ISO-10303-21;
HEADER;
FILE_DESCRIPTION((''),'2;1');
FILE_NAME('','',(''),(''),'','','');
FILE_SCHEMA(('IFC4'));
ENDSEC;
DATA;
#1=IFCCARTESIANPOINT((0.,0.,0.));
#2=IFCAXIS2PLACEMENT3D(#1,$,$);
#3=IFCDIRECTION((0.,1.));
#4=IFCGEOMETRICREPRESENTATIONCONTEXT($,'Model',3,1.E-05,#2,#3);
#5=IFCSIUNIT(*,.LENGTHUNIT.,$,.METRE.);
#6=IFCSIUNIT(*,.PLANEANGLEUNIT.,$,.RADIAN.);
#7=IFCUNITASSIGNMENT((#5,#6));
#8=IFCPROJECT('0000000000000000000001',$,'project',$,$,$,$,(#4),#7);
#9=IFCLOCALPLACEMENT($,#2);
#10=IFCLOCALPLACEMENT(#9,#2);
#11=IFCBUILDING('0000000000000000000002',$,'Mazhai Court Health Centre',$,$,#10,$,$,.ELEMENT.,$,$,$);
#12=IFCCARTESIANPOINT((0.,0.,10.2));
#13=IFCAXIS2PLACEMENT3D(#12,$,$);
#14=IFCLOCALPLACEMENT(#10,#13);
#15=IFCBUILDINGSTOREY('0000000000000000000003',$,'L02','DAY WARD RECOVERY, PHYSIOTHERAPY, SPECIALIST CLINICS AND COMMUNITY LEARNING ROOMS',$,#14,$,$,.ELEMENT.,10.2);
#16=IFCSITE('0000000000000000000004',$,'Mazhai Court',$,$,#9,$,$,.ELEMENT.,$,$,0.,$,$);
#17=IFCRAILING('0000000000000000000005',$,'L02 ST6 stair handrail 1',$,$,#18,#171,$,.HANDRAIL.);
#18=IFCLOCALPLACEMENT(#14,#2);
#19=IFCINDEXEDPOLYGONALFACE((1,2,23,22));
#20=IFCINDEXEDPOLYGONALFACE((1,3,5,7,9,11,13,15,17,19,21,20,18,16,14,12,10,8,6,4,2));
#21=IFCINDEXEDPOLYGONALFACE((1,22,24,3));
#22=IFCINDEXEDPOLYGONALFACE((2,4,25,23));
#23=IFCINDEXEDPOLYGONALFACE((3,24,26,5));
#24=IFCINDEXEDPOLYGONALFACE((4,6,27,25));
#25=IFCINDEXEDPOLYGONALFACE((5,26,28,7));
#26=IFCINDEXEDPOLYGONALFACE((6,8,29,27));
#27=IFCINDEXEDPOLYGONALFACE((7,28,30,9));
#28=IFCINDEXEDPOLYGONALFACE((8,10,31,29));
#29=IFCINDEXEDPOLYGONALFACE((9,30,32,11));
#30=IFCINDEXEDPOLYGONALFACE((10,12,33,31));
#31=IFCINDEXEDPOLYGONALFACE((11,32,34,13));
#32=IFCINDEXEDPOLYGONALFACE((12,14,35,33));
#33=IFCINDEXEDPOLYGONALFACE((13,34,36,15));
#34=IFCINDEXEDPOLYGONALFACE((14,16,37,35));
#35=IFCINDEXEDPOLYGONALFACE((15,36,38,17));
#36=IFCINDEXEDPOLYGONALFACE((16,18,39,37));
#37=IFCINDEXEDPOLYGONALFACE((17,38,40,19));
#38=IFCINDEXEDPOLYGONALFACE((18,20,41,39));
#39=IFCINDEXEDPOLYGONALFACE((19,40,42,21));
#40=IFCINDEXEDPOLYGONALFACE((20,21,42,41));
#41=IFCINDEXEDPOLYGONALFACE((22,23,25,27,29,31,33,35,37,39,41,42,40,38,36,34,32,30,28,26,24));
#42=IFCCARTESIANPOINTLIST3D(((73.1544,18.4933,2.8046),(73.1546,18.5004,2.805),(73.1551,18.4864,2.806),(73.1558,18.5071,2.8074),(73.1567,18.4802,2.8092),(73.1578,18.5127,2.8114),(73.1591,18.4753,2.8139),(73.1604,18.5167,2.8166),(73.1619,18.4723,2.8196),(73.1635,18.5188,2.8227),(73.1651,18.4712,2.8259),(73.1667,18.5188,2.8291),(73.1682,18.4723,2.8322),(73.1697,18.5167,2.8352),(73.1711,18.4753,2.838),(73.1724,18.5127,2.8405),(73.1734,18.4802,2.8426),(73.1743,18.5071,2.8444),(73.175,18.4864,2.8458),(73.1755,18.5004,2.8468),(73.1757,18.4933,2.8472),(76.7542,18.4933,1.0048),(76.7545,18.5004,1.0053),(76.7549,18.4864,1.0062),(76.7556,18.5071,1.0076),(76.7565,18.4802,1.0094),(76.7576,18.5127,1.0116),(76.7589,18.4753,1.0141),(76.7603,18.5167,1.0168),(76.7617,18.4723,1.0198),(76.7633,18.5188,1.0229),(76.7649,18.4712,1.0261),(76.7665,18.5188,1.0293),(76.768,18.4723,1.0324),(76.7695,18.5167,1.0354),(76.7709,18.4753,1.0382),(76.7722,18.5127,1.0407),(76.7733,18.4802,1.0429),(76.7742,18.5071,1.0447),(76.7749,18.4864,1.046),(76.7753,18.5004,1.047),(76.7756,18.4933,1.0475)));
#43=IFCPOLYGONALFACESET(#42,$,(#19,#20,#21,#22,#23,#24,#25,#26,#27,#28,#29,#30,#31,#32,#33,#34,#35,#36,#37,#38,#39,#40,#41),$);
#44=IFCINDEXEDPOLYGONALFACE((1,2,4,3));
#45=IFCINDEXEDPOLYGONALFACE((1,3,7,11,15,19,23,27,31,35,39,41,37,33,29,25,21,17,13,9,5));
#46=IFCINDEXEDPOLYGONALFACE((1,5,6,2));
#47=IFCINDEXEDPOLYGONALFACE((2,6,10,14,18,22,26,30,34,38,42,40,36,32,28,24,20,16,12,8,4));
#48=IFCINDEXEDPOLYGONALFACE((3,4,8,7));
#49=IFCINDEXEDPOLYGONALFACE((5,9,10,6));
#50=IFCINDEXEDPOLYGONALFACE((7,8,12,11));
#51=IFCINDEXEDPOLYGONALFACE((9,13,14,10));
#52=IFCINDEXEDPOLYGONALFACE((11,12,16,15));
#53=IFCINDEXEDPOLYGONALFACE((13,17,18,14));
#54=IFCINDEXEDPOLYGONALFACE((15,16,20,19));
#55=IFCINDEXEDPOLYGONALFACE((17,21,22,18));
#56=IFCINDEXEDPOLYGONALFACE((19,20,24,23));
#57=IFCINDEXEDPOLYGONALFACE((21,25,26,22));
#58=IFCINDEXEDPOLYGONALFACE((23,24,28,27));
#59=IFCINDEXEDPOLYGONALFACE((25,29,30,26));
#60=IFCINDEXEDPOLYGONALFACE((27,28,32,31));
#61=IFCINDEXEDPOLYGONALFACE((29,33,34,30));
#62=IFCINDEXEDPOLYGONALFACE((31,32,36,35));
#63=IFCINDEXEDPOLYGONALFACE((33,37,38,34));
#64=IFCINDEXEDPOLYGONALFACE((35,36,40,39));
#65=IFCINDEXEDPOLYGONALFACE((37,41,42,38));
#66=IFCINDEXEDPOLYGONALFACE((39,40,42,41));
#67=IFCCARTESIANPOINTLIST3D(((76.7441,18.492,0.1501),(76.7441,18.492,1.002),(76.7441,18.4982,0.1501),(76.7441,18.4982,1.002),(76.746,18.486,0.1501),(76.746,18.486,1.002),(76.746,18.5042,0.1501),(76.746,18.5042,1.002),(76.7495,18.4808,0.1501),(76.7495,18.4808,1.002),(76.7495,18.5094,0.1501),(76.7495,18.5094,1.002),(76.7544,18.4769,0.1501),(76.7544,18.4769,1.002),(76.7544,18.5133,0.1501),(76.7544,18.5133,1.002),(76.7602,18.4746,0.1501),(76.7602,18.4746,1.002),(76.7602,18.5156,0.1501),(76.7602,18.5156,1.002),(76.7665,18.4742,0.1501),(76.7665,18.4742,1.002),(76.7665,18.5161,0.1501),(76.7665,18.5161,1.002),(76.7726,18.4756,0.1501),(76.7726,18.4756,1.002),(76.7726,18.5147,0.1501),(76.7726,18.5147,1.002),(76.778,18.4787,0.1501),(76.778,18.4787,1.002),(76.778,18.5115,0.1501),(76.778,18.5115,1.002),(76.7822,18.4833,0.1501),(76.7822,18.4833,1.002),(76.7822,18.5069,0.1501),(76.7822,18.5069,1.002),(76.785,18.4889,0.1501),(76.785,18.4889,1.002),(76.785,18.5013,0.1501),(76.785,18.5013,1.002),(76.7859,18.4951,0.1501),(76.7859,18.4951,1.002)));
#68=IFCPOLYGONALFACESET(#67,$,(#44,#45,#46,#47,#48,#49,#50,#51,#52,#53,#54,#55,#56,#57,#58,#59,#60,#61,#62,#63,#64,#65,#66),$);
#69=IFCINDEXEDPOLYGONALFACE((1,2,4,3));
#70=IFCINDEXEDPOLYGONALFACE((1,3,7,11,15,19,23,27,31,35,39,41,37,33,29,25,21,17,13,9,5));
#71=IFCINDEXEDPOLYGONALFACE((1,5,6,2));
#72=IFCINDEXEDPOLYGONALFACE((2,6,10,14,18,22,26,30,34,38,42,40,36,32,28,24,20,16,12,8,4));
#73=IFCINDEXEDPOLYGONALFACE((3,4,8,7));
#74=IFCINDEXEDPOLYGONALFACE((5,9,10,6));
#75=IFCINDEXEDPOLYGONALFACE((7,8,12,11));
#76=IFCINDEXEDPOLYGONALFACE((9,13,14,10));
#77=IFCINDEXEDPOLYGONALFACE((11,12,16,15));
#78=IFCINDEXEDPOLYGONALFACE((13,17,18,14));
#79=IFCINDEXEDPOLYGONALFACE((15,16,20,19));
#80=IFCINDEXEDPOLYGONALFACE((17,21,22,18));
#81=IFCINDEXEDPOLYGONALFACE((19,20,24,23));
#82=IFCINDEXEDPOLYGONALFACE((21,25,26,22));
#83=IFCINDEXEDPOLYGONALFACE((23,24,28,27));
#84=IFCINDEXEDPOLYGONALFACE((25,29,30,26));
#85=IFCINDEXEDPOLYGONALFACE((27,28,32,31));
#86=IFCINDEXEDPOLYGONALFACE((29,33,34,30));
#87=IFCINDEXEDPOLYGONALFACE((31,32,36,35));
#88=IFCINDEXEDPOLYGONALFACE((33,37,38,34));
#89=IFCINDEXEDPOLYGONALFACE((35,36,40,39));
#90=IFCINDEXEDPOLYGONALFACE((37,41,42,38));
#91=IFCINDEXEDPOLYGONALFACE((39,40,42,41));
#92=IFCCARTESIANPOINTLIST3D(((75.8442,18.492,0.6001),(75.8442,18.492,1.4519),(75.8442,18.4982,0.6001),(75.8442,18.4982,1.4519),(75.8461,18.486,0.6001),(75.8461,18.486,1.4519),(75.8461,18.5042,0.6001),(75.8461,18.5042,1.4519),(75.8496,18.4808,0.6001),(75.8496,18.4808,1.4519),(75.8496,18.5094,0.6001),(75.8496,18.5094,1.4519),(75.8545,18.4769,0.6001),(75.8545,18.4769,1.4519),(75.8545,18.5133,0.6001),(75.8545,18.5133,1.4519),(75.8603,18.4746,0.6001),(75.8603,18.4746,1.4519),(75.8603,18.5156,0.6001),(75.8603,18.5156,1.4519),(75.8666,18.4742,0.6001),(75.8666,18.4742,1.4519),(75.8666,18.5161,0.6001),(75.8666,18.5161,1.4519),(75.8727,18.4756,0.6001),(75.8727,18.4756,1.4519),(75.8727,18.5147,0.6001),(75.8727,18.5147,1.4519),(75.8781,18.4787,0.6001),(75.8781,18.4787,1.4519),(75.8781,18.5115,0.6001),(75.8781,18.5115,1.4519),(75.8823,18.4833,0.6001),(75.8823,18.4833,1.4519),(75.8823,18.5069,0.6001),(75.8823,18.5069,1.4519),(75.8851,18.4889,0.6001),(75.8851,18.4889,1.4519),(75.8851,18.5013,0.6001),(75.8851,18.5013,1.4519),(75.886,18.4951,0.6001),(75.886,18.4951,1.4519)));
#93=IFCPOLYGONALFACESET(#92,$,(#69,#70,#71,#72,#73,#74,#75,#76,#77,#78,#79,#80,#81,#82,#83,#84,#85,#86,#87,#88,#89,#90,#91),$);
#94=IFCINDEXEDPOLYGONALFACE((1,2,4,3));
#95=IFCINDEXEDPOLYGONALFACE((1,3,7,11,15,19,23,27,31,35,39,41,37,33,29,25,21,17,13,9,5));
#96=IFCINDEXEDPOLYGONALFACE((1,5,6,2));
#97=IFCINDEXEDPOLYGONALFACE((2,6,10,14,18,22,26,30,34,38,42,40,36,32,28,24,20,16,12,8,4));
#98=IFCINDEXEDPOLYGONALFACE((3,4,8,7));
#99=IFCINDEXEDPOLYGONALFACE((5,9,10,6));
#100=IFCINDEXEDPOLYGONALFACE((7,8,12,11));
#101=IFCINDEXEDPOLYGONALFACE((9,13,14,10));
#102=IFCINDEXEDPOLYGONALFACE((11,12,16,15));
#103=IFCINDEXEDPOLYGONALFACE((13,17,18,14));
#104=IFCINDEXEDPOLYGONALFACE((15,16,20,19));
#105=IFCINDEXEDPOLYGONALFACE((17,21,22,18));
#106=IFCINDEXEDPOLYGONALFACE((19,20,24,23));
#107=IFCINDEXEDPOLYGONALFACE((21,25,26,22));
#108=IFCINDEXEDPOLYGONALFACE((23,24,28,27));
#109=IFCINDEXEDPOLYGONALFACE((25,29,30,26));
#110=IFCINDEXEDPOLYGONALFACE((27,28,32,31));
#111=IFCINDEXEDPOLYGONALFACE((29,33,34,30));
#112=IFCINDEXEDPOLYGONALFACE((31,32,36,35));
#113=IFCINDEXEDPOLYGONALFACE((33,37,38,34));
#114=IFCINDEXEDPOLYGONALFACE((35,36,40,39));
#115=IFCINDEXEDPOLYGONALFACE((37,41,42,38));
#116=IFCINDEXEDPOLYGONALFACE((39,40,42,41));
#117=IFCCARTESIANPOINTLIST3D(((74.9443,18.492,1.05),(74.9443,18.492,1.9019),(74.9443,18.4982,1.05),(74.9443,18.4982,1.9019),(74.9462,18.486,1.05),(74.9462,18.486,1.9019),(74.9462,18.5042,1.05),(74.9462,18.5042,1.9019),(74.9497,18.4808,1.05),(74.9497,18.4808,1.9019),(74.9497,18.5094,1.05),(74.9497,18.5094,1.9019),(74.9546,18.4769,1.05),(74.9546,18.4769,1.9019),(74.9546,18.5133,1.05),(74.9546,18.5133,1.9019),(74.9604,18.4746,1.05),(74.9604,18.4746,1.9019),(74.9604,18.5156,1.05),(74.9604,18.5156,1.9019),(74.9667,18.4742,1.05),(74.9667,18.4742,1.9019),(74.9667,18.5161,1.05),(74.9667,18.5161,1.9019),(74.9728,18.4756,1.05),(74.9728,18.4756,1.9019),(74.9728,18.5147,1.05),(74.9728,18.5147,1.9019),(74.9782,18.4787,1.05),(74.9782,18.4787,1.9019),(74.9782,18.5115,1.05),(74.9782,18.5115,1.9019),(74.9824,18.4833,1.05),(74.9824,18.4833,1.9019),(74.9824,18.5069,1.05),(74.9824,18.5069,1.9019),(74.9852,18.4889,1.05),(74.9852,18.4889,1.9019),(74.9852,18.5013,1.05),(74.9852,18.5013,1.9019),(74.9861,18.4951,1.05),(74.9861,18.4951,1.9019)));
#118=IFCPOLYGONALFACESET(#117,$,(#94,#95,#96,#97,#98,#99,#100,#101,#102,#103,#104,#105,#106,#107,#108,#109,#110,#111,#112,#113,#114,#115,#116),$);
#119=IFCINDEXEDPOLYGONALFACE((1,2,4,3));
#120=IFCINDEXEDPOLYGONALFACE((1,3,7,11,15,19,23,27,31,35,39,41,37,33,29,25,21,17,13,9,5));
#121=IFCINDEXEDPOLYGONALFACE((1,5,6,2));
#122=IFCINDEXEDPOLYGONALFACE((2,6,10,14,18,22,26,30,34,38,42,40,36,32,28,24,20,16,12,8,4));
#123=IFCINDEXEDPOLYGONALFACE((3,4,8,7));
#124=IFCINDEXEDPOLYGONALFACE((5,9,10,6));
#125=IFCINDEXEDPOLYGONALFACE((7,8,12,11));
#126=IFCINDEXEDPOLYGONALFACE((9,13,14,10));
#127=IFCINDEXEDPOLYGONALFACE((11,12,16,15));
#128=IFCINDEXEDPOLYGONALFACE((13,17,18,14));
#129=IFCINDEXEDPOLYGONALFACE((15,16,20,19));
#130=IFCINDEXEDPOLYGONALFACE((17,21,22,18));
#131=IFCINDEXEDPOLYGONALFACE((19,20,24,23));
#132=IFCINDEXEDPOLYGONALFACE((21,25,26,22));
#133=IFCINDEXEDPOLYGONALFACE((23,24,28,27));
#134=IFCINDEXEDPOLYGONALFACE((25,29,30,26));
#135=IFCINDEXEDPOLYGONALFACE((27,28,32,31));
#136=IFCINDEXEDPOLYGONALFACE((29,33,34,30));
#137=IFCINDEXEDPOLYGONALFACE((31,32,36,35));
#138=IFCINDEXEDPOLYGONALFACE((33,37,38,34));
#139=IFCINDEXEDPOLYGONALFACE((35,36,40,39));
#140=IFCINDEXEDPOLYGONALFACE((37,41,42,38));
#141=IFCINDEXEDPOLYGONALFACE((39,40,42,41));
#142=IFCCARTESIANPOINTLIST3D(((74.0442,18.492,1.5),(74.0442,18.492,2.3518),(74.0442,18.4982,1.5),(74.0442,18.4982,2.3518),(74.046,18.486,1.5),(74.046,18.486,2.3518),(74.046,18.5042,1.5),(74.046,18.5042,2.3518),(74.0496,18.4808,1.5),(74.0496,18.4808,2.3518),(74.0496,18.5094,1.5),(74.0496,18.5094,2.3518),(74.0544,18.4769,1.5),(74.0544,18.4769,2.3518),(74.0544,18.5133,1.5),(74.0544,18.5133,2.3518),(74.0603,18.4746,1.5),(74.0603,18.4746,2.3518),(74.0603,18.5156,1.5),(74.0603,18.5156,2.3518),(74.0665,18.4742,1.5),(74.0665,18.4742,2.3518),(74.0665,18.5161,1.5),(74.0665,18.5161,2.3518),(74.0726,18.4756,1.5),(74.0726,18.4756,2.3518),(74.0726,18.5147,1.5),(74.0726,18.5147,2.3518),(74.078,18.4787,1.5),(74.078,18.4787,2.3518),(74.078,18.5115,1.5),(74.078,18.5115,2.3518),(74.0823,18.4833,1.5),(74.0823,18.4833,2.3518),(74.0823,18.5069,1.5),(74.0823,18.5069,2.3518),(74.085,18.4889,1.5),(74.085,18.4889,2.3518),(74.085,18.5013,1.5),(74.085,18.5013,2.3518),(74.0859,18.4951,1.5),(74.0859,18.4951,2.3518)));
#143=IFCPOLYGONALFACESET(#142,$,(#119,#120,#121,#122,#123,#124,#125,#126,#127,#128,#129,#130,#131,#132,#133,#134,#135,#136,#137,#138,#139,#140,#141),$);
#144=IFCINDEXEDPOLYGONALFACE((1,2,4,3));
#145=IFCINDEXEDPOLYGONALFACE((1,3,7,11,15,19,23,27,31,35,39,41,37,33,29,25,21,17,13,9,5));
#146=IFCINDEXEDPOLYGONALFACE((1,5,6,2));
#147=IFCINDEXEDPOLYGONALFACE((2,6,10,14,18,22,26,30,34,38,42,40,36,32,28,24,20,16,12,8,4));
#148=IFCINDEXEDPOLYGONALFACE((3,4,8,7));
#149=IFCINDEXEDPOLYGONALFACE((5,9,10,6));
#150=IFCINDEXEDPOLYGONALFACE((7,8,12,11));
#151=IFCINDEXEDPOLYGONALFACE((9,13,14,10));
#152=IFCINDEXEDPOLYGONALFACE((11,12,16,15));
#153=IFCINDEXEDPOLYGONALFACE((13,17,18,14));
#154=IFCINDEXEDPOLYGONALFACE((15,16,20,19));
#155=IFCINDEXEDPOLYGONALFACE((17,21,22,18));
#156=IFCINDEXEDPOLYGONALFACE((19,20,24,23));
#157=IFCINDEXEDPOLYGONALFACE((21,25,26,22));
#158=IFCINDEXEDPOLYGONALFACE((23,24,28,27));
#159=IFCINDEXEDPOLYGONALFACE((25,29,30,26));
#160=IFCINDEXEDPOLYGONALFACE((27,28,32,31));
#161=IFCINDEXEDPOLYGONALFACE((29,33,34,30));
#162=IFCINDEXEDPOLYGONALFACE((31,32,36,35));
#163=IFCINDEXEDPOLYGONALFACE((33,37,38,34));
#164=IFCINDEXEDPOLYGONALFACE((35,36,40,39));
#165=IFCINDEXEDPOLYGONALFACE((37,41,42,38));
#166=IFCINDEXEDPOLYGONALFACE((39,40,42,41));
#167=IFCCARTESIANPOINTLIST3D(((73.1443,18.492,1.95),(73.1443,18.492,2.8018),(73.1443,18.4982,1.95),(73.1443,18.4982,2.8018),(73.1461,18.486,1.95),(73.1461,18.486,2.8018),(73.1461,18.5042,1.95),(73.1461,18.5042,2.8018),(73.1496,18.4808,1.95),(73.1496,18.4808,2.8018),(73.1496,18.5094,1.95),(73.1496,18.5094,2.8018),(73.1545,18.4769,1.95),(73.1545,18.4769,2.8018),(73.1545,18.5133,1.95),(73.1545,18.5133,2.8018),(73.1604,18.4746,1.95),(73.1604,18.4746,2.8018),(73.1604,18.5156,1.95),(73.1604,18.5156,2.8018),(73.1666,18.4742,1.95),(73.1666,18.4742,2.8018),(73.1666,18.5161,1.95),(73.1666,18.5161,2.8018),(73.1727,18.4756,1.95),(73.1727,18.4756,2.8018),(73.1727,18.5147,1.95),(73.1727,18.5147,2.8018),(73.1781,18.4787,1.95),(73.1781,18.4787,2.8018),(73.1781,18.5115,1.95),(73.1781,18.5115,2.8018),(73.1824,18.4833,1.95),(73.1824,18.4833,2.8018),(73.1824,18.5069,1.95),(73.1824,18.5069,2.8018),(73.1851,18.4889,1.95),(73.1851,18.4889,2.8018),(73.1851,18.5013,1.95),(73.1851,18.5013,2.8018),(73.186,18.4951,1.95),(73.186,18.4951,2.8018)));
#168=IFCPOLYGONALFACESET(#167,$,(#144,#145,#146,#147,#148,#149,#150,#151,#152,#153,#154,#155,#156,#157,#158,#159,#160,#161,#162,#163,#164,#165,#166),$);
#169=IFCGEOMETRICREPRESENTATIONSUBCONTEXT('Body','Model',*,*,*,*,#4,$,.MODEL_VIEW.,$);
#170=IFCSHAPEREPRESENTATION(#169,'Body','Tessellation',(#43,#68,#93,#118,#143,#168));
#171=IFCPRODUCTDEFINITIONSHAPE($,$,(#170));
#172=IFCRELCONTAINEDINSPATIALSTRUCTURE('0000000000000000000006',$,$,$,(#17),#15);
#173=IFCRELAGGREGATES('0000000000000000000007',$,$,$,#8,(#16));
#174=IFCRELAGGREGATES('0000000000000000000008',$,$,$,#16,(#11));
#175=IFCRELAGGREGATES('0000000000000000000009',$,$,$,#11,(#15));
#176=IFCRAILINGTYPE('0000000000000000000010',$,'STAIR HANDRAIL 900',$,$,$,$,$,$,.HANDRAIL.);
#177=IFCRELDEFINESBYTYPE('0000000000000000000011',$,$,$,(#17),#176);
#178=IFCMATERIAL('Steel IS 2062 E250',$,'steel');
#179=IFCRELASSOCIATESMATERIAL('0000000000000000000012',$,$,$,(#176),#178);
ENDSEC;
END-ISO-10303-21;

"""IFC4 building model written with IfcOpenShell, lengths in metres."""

from ifc_helpers import new_model, si_unit, direction, frame, origin, origin_2d, place, context, subcontext, project, spatial, circle, extrude, material, type_object, element, save


model = new_model("IFC4")

# Units and contexts
model_context = context("Model", 3, precision=1e-05, world=origin(), true_north=direction((0.0, 1.0)))
body_context = subcontext(model_context, "Body", "Model", "MODEL_VIEW")
ifc_project = project(units=[si_unit("LENGTHUNIT", "METRE"), si_unit("PLANEANGLEUNIT", "RADIAN")], contexts=[model_context])

# Site, building, storey
site_placement = place(None, origin())
site = spatial("IfcSite", under=ifc_project, at=site_placement, Name="Mazhai Court", CompositionType="ELEMENT", RefElevation=0.0)
building_placement = place(site_placement, origin())
building = spatial("IfcBuilding", under=site, at=building_placement, Name="Mazhai Court Health Centre", CompositionType="ELEMENT")
storey_placement = place(building_placement, frame((0.0, 0.0, 10.2)))
storey = spatial("IfcBuildingStorey", under=building, at=storey_placement, Name="L02", Description="DAY WARD RECOVERY, PHYSIOTHERAPY, SPECIALIST CLINICS AND COMMUNITY LEARNING ROOMS", CompositionType="ELEMENT", Elevation=10.2)

# Railing
ifc_material_1 = material(Name="Steel IS 2062 E250", Category="steel")
railing_type_1 = type_object("IfcRailingType", Name="STAIR HANDRAIL 900", PredefinedType="HANDRAIL", material=ifc_material_1)
railing_1_placement = place(storey_placement, frame((76.7649, 18.4951, 0.1501)))
element("IfcRailing", 1, at=railing_1_placement, inside=storey, type_object=railing_type_1, Name="L02 ST6 stair handrail 1", PredefinedType="HANDRAIL", context=body_context, shape_type="SweptSolid", body=[
    extrude(circle(Radius=0.0239, at=origin_2d()), frame((0.0, 0.0, 0.876), z_axis=(-0.894439, 0.0, 0.447189), x_axis=(0.0, -1.0, 0.0)), (0.0, 0.0, 1.0), 4.0247),
    extrude(circle(Radius=0.021, at=origin_2d()), origin(), (0.0, 0.0, 1.0), 0.8518),
    extrude(circle(Radius=0.021, at=origin_2d()), frame((-0.8999, 0.0, 0.45)), (0.0, 0.0, 1.0), 0.8518),
    extrude(circle(Radius=0.021, at=origin_2d()), frame((-1.7998, 0.0, 0.8999)), (0.0, 0.0, 1.0), 0.8518),
    extrude(circle(Radius=0.021, at=origin_2d()), frame((-2.7, 0.0, 1.3499)), (0.0, 0.0, 1.0), 0.8518),
    extrude(circle(Radius=0.021, at=origin_2d()), frame((-3.5999, 0.0, 1.7998)), (0.0, 0.0, 1.0), 0.8518),
])

save(model, "model.ifc")
